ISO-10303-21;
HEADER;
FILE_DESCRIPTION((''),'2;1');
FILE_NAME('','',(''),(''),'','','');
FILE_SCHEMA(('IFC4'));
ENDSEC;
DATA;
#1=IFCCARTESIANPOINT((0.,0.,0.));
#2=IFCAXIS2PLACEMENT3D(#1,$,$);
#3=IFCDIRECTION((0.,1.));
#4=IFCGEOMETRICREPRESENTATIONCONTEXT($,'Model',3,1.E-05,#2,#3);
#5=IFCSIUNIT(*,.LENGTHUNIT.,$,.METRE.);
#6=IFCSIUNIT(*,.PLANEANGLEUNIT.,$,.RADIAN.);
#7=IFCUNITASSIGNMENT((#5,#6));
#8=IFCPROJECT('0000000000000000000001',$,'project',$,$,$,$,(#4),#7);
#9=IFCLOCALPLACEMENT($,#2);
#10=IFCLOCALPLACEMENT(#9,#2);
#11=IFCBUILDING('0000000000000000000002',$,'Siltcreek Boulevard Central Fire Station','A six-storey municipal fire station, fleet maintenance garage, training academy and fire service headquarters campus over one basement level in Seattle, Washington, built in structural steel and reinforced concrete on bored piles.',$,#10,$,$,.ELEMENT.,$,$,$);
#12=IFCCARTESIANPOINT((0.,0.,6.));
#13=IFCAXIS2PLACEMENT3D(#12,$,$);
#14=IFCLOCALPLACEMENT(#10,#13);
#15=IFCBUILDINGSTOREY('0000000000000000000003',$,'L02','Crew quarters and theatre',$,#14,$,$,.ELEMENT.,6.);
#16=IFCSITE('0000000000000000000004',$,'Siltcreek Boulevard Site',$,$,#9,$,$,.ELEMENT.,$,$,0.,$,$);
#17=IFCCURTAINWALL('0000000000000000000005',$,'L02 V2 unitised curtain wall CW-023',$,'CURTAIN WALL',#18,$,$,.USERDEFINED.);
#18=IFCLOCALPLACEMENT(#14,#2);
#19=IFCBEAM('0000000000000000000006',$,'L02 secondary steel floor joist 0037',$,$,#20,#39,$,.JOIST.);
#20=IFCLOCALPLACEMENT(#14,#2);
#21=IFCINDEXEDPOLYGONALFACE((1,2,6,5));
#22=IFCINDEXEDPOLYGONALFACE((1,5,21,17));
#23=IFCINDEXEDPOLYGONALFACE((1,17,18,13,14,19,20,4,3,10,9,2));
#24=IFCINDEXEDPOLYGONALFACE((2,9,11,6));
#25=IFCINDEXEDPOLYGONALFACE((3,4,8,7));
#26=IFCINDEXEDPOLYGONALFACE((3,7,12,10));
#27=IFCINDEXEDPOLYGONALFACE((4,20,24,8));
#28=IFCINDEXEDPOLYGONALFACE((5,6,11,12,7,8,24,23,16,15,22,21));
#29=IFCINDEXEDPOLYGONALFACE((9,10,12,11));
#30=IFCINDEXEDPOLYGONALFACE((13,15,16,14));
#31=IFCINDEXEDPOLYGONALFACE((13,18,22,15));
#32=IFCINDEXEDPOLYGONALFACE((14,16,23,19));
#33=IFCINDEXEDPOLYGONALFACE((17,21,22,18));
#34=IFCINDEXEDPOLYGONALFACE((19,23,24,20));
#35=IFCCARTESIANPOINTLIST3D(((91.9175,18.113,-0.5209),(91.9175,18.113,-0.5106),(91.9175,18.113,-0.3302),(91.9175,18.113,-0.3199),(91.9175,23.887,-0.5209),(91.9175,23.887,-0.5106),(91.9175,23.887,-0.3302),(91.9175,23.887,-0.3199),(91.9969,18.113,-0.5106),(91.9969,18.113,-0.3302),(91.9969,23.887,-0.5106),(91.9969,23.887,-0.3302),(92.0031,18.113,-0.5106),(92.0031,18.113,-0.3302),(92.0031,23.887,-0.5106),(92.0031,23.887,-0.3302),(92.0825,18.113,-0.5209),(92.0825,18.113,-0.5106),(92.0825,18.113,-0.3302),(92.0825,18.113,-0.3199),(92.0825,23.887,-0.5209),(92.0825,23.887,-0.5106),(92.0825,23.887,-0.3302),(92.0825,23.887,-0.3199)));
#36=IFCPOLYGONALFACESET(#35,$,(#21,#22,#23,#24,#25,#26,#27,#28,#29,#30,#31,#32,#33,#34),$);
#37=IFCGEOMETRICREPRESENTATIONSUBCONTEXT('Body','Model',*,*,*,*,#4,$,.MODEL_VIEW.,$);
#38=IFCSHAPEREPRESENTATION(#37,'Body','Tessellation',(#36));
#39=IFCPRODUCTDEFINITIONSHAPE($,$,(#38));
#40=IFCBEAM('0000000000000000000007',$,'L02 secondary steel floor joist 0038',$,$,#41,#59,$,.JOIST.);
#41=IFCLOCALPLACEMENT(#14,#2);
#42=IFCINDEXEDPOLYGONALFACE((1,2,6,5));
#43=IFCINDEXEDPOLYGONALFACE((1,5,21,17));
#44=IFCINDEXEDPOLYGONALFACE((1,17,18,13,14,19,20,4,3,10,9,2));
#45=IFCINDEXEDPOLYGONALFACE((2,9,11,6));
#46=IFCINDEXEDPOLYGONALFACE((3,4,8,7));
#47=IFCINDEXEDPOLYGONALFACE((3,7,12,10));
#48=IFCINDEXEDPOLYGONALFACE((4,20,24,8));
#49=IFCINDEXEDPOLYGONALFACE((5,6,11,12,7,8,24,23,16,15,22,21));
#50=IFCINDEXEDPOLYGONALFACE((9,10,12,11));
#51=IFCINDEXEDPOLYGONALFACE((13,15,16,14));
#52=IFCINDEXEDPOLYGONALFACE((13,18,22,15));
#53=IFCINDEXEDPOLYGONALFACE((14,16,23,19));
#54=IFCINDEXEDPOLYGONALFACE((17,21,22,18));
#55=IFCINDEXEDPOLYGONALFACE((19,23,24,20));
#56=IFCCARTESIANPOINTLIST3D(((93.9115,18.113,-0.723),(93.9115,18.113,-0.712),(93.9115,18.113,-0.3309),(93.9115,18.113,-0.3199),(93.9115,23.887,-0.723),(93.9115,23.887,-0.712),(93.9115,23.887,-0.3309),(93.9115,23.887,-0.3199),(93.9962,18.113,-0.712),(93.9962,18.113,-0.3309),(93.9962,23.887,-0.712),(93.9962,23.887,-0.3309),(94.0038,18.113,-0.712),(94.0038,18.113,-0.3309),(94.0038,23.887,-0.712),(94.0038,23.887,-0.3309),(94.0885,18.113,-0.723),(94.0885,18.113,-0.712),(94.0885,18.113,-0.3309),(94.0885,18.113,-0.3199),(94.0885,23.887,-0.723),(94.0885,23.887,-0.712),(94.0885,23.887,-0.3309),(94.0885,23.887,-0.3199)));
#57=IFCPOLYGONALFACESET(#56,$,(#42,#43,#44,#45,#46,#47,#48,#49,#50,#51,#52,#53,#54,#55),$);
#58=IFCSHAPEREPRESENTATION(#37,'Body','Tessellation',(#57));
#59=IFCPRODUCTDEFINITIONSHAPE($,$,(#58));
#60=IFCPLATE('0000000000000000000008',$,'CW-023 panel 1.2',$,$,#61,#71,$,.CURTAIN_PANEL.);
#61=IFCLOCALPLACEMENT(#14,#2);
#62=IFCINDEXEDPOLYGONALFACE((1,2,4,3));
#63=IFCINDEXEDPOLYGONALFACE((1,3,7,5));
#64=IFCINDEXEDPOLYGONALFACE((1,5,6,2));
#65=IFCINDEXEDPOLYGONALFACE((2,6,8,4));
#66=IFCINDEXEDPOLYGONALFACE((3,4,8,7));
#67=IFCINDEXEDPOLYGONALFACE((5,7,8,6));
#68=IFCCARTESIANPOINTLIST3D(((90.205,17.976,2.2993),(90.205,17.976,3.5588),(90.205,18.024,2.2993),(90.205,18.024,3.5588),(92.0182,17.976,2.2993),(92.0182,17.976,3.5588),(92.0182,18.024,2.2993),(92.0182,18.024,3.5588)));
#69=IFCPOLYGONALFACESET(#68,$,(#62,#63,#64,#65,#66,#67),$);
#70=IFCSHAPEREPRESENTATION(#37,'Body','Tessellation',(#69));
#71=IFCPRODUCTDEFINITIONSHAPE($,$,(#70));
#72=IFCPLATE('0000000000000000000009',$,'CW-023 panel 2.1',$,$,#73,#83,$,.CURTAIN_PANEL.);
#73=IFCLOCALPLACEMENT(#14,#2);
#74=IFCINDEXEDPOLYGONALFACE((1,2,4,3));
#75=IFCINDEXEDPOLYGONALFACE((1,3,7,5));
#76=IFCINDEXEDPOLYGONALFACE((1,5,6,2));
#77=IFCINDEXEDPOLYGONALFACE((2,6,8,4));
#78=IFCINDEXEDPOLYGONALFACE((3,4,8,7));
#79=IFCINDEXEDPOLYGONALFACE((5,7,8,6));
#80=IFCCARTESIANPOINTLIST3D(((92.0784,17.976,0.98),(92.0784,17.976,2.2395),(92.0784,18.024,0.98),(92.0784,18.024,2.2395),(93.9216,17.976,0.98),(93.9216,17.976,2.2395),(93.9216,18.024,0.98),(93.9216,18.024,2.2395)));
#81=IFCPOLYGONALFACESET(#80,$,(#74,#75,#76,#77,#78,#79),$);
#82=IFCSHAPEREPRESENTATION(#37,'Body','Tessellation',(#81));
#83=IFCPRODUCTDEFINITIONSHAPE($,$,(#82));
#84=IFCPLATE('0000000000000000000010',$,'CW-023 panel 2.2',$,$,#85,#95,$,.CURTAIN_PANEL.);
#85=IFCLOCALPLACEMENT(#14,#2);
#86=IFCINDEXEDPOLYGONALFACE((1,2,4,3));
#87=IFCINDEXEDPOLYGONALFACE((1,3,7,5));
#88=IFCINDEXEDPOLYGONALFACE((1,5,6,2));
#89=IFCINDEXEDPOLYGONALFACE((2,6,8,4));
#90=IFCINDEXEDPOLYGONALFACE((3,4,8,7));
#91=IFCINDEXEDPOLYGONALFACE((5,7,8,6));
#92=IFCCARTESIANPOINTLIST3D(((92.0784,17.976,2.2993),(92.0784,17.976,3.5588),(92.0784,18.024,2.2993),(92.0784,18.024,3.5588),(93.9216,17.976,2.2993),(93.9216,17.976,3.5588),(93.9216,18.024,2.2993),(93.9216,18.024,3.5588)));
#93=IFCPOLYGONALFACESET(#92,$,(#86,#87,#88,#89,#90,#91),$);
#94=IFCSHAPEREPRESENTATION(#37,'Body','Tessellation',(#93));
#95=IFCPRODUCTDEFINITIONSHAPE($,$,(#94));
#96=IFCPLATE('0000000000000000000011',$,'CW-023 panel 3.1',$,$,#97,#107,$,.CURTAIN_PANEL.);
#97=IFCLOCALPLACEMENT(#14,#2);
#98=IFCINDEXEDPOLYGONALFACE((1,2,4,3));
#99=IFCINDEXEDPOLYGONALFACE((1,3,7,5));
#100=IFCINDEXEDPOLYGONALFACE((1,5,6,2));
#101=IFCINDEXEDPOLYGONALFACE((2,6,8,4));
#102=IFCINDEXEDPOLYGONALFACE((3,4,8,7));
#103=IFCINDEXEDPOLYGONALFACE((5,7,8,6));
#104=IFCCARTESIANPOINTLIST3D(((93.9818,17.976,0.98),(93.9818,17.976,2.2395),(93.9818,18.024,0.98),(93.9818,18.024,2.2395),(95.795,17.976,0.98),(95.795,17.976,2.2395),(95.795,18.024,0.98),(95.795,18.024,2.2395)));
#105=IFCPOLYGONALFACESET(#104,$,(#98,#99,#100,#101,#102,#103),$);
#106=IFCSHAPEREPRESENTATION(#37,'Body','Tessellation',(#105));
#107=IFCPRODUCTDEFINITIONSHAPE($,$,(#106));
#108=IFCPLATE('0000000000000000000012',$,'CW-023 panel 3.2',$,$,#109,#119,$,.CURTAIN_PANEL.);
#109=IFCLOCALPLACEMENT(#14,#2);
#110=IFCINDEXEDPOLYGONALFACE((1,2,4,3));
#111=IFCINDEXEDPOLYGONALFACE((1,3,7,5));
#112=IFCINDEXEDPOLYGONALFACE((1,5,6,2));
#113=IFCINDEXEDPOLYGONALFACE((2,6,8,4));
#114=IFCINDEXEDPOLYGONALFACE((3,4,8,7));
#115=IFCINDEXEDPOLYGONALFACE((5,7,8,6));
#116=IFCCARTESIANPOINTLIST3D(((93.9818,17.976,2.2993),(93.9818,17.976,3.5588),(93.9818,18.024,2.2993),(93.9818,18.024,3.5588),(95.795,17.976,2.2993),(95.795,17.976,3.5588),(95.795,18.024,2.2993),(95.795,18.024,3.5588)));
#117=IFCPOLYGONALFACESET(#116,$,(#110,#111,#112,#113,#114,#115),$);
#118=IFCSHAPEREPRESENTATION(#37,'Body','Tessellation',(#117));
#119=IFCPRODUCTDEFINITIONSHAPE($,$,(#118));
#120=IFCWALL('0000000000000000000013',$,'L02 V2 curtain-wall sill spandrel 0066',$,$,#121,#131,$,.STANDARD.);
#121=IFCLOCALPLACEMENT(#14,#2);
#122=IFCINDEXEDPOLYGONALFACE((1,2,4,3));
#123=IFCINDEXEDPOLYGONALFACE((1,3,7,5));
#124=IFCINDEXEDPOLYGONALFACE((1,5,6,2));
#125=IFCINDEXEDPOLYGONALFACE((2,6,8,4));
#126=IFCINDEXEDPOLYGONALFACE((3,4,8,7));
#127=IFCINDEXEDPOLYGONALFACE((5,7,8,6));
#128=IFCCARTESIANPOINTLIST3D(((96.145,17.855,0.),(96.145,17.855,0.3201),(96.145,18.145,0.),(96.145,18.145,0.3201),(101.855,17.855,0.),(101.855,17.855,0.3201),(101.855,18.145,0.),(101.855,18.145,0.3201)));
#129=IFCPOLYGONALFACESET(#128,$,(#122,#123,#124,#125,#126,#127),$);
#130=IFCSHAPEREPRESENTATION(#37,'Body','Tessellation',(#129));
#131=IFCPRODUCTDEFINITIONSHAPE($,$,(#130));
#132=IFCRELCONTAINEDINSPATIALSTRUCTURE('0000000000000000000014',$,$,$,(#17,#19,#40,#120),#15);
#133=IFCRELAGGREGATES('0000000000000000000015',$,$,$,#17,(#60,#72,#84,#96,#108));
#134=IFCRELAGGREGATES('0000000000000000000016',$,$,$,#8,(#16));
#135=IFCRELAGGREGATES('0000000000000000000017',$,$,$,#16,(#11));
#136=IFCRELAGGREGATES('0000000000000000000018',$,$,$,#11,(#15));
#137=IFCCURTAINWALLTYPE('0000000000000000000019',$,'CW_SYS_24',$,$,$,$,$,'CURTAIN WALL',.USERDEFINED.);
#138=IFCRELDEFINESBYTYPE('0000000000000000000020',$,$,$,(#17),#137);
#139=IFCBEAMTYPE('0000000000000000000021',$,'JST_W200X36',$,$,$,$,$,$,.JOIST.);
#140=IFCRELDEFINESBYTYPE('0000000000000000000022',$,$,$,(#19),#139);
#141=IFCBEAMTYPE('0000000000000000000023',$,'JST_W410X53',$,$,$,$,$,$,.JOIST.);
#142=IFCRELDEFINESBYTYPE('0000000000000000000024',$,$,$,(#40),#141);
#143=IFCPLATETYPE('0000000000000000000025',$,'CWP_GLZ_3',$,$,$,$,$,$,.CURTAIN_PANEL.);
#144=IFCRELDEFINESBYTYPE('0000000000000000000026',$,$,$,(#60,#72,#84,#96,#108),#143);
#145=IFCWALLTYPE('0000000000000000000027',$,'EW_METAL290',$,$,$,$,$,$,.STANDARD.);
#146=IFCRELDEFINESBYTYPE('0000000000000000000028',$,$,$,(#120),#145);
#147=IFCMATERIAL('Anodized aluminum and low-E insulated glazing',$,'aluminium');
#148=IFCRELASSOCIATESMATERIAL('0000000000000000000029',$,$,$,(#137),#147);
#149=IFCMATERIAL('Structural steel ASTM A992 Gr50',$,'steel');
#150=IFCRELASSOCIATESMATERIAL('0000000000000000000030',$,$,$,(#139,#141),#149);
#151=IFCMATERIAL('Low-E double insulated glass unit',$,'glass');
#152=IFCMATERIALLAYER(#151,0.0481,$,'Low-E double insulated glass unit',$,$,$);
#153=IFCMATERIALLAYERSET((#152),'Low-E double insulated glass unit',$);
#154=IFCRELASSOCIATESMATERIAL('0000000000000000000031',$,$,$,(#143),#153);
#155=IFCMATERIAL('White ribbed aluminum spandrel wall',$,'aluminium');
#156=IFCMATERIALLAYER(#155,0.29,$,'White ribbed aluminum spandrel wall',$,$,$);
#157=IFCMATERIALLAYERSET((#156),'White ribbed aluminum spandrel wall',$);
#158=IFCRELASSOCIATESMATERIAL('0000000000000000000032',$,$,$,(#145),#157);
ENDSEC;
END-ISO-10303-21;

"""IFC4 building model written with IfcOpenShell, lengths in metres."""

from ifc_helpers import new_model, si_unit, direction, frame, frame_2d, origin, origin_2d, place, context, subcontext, project, spatial, rectangle, i_section, extrude, material, layer, layer_set, material_profile, profile_set, type_object, element, aggregate, save


model = new_model("IFC4")

# Units and contexts
model_context = context("Model", 3, precision=1e-05, world=origin(), true_north=direction((0.0, 1.0)))
body_context = subcontext(model_context, "Body", "Model", "MODEL_VIEW")
ifc_project = project(units=[si_unit("LENGTHUNIT", "METRE"), si_unit("PLANEANGLEUNIT", "RADIAN")], contexts=[model_context])

# Site, building, storey
site_placement = place(None, origin())
site = spatial("IfcSite", under=ifc_project, at=site_placement, Name="Siltcreek Boulevard Site", CompositionType="ELEMENT", RefElevation=0.0)
building_placement = place(site_placement, origin())
building = spatial("IfcBuilding", under=site, at=building_placement, Name="Siltcreek Boulevard Central Fire Station", Description="A six-storey municipal fire station, fleet maintenance garage, training academy and fire service headquarters campus over one basement level in Seattle, Washington, built in structural steel and reinforced concrete on bored piles.", CompositionType="ELEMENT")
storey_placement = place(building_placement, frame((0.0, 0.0, 6.0)))
storey = spatial("IfcBuildingStorey", under=building, at=storey_placement, Name="L02", Description="Crew quarters and theatre", CompositionType="ELEMENT", Elevation=6.0)

# Shared definitions
ifc_material_1 = material(Name="Structural steel ASTM A992 Gr50", Category="steel")

# Curtain wall
ifc_material_2 = material(Name="Anodized aluminum and low-E insulated glazing", Category="aluminium")
curtain_wall_type = type_object("IfcCurtainWallType", Name="CW_SYS_24", ElementType="CURTAIN WALL", PredefinedType="USERDEFINED", material=ifc_material_2)
curtain_wall_placement = place(storey_placement, origin())
curtain_wall = element("IfcCurtainWall", 1, at=curtain_wall_placement, inside=storey, type_object=curtain_wall_type, Name="L02 V2 unitised curtain wall CW-023", ObjectType="CURTAIN WALL", PredefinedType="USERDEFINED")

# Beams
ifc_material_profile_1 = material_profile(ifc_material_1, i_section(OverallWidth=0.165, OverallDepth=0.2009, WebThickness=0.0061, FlangeThickness=0.0103, at=origin_2d()), Name="W200X36")
ifc_profile_set_1 = profile_set([ifc_material_profile_1], Name="Structural steel ASTM A992 Gr50")
beam_type_1 = type_object("IfcBeamType", Name="JST_W200X36", PredefinedType="JOIST", material=ifc_profile_set_1)
beam_1_placement = place(storey_placement, frame((92.0, 18.113, -0.4204), z_axis=(0.0, 1.0, 0.0), x_axis=(-1.0, 0.0, 0.0)))
element("IfcBeam", 2, at=beam_1_placement, inside=storey, type_object=beam_type_1, Name="L02 secondary steel floor joist 0037", PredefinedType="JOIST", context=body_context, shape_type="SweptSolid", body=[
    extrude(i_section(OverallWidth=0.165, OverallDepth=0.2009, WebThickness=0.0061, FlangeThickness=0.0103, at=origin_2d()), origin(), (0.0, 0.0, 1.0), 5.7739),
])
ifc_material_profile_2 = material_profile(ifc_material_1, i_section(OverallWidth=0.177, OverallDepth=0.4031, WebThickness=0.0076, FlangeThickness=0.011, at=origin_2d()), Name="W410X53")
ifc_profile_set_2 = profile_set([ifc_material_profile_2], Name="Structural steel ASTM A992 Gr50")
beam_type_2 = type_object("IfcBeamType", Name="JST_W410X53", PredefinedType="JOIST", material=ifc_profile_set_2)
beam_2_placement = place(storey_placement, frame((94.0, 18.113, -0.5215), z_axis=(0.0, 1.0, 0.0), x_axis=(-1.0, 0.0, 0.0)))
element("IfcBeam", 3, at=beam_2_placement, inside=storey, type_object=beam_type_2, Name="L02 secondary steel floor joist 0038", PredefinedType="JOIST", context=body_context, shape_type="SweptSolid", body=[
    extrude(i_section(OverallWidth=0.177, OverallDepth=0.4031, WebThickness=0.0076, FlangeThickness=0.011, at=origin_2d()), origin(), (0.0, 0.0, 1.0), 5.7739),
])

# Plates
ifc_material_3 = material(Name="Low-E double insulated glass unit", Category="glass")
ifc_layer_1 = layer(ifc_material_3, 0.0481, Name="Low-E double insulated glass unit")
ifc_layer_set_1 = layer_set([ifc_layer_1], Name="Low-E double insulated glass unit")
plate_type = type_object("IfcPlateType", Name="CWP_GLZ_3", PredefinedType="CURTAIN_PANEL", material=ifc_layer_set_1)
plate_1_placement = place(storey_placement, frame((91.1116, 18.0, 2.2993), z_axis=(0.0, 0.0, 1.0), x_axis=(1.0, 0.0, 0.0)))
plate_1 = element("IfcPlate", 4, at=plate_1_placement, type_object=plate_type, Name="CW-023 panel 1.2", PredefinedType="CURTAIN_PANEL", context=body_context, shape_type="SweptSolid", body=[
    extrude(rectangle(XDim=1.8132, YDim=0.0481, at=origin_2d()), origin(), (0.0, 0.0, 1.0), 1.2595),
])
plate_2_placement = place(storey_placement, frame((93.0, 18.0, 0.98), z_axis=(0.0, 0.0, 1.0), x_axis=(1.0, 0.0, 0.0)))
plate_2 = element("IfcPlate", 5, at=plate_2_placement, type_object=plate_type, Name="CW-023 panel 2.1", PredefinedType="CURTAIN_PANEL", context=body_context, shape_type="SweptSolid", body=[
    extrude(rectangle(XDim=1.8433, YDim=0.0481, at=origin_2d()), origin(), (0.0, 0.0, 1.0), 1.2595),
])
plate_3_placement = place(storey_placement, frame((93.0, 18.0, 2.2993), z_axis=(0.0, 0.0, 1.0), x_axis=(1.0, 0.0, 0.0)))
plate_3 = element("IfcPlate", 6, at=plate_3_placement, type_object=plate_type, Name="CW-023 panel 2.2", PredefinedType="CURTAIN_PANEL", context=body_context, shape_type="SweptSolid", body=[
    extrude(rectangle(XDim=1.8433, YDim=0.0481, at=origin_2d()), origin(), (0.0, 0.0, 1.0), 1.2595),
])
plate_4_placement = place(storey_placement, frame((94.8884, 18.0, 0.98), z_axis=(0.0, 0.0, 1.0), x_axis=(1.0, 0.0, 0.0)))
plate_4 = element("IfcPlate", 7, at=plate_4_placement, type_object=plate_type, Name="CW-023 panel 3.1", PredefinedType="CURTAIN_PANEL", context=body_context, shape_type="SweptSolid", body=[
    extrude(rectangle(XDim=1.8132, YDim=0.0481, at=origin_2d()), origin(), (0.0, 0.0, 1.0), 1.2595),
])
plate_5_placement = place(storey_placement, frame((94.8884, 18.0, 2.2993), z_axis=(0.0, 0.0, 1.0), x_axis=(1.0, 0.0, 0.0)))
plate_5 = element("IfcPlate", 8, at=plate_5_placement, type_object=plate_type, Name="CW-023 panel 3.2", PredefinedType="CURTAIN_PANEL", context=body_context, shape_type="SweptSolid", body=[
    extrude(rectangle(XDim=1.8132, YDim=0.0481, at=origin_2d()), origin(), (0.0, 0.0, 1.0), 1.2595),
])
aggregate(curtain_wall, [plate_1, plate_2, plate_3, plate_4, plate_5])

# Wall
ifc_material_4 = material(Name="White ribbed aluminum spandrel wall", Category="aluminium")
ifc_layer_2 = layer(ifc_material_4, 0.29, Name="White ribbed aluminum spandrel wall")
ifc_layer_set_2 = layer_set([ifc_layer_2], Name="White ribbed aluminum spandrel wall")
wall_type = type_object("IfcWallType", Name="EW_METAL290", PredefinedType="STANDARD", material=ifc_layer_set_2)
wall_placement = place(storey_placement, frame((96.145, 18.0, 0.0), z_axis=(0.0, 0.0, 1.0), x_axis=(1.0, 0.0, 0.0)))
element("IfcWall", 9, at=wall_placement, inside=storey, type_object=wall_type, Name="L02 V2 curtain-wall sill spandrel 0066", PredefinedType="STANDARD", context=body_context, shape_type="SweptSolid", body=[
    extrude(rectangle(XDim=5.71, YDim=0.29, at=frame_2d((2.855, 0.0))), origin(), (0.0, 0.0, 1.0), 0.3201),
])

save(model, "model.ifc")
